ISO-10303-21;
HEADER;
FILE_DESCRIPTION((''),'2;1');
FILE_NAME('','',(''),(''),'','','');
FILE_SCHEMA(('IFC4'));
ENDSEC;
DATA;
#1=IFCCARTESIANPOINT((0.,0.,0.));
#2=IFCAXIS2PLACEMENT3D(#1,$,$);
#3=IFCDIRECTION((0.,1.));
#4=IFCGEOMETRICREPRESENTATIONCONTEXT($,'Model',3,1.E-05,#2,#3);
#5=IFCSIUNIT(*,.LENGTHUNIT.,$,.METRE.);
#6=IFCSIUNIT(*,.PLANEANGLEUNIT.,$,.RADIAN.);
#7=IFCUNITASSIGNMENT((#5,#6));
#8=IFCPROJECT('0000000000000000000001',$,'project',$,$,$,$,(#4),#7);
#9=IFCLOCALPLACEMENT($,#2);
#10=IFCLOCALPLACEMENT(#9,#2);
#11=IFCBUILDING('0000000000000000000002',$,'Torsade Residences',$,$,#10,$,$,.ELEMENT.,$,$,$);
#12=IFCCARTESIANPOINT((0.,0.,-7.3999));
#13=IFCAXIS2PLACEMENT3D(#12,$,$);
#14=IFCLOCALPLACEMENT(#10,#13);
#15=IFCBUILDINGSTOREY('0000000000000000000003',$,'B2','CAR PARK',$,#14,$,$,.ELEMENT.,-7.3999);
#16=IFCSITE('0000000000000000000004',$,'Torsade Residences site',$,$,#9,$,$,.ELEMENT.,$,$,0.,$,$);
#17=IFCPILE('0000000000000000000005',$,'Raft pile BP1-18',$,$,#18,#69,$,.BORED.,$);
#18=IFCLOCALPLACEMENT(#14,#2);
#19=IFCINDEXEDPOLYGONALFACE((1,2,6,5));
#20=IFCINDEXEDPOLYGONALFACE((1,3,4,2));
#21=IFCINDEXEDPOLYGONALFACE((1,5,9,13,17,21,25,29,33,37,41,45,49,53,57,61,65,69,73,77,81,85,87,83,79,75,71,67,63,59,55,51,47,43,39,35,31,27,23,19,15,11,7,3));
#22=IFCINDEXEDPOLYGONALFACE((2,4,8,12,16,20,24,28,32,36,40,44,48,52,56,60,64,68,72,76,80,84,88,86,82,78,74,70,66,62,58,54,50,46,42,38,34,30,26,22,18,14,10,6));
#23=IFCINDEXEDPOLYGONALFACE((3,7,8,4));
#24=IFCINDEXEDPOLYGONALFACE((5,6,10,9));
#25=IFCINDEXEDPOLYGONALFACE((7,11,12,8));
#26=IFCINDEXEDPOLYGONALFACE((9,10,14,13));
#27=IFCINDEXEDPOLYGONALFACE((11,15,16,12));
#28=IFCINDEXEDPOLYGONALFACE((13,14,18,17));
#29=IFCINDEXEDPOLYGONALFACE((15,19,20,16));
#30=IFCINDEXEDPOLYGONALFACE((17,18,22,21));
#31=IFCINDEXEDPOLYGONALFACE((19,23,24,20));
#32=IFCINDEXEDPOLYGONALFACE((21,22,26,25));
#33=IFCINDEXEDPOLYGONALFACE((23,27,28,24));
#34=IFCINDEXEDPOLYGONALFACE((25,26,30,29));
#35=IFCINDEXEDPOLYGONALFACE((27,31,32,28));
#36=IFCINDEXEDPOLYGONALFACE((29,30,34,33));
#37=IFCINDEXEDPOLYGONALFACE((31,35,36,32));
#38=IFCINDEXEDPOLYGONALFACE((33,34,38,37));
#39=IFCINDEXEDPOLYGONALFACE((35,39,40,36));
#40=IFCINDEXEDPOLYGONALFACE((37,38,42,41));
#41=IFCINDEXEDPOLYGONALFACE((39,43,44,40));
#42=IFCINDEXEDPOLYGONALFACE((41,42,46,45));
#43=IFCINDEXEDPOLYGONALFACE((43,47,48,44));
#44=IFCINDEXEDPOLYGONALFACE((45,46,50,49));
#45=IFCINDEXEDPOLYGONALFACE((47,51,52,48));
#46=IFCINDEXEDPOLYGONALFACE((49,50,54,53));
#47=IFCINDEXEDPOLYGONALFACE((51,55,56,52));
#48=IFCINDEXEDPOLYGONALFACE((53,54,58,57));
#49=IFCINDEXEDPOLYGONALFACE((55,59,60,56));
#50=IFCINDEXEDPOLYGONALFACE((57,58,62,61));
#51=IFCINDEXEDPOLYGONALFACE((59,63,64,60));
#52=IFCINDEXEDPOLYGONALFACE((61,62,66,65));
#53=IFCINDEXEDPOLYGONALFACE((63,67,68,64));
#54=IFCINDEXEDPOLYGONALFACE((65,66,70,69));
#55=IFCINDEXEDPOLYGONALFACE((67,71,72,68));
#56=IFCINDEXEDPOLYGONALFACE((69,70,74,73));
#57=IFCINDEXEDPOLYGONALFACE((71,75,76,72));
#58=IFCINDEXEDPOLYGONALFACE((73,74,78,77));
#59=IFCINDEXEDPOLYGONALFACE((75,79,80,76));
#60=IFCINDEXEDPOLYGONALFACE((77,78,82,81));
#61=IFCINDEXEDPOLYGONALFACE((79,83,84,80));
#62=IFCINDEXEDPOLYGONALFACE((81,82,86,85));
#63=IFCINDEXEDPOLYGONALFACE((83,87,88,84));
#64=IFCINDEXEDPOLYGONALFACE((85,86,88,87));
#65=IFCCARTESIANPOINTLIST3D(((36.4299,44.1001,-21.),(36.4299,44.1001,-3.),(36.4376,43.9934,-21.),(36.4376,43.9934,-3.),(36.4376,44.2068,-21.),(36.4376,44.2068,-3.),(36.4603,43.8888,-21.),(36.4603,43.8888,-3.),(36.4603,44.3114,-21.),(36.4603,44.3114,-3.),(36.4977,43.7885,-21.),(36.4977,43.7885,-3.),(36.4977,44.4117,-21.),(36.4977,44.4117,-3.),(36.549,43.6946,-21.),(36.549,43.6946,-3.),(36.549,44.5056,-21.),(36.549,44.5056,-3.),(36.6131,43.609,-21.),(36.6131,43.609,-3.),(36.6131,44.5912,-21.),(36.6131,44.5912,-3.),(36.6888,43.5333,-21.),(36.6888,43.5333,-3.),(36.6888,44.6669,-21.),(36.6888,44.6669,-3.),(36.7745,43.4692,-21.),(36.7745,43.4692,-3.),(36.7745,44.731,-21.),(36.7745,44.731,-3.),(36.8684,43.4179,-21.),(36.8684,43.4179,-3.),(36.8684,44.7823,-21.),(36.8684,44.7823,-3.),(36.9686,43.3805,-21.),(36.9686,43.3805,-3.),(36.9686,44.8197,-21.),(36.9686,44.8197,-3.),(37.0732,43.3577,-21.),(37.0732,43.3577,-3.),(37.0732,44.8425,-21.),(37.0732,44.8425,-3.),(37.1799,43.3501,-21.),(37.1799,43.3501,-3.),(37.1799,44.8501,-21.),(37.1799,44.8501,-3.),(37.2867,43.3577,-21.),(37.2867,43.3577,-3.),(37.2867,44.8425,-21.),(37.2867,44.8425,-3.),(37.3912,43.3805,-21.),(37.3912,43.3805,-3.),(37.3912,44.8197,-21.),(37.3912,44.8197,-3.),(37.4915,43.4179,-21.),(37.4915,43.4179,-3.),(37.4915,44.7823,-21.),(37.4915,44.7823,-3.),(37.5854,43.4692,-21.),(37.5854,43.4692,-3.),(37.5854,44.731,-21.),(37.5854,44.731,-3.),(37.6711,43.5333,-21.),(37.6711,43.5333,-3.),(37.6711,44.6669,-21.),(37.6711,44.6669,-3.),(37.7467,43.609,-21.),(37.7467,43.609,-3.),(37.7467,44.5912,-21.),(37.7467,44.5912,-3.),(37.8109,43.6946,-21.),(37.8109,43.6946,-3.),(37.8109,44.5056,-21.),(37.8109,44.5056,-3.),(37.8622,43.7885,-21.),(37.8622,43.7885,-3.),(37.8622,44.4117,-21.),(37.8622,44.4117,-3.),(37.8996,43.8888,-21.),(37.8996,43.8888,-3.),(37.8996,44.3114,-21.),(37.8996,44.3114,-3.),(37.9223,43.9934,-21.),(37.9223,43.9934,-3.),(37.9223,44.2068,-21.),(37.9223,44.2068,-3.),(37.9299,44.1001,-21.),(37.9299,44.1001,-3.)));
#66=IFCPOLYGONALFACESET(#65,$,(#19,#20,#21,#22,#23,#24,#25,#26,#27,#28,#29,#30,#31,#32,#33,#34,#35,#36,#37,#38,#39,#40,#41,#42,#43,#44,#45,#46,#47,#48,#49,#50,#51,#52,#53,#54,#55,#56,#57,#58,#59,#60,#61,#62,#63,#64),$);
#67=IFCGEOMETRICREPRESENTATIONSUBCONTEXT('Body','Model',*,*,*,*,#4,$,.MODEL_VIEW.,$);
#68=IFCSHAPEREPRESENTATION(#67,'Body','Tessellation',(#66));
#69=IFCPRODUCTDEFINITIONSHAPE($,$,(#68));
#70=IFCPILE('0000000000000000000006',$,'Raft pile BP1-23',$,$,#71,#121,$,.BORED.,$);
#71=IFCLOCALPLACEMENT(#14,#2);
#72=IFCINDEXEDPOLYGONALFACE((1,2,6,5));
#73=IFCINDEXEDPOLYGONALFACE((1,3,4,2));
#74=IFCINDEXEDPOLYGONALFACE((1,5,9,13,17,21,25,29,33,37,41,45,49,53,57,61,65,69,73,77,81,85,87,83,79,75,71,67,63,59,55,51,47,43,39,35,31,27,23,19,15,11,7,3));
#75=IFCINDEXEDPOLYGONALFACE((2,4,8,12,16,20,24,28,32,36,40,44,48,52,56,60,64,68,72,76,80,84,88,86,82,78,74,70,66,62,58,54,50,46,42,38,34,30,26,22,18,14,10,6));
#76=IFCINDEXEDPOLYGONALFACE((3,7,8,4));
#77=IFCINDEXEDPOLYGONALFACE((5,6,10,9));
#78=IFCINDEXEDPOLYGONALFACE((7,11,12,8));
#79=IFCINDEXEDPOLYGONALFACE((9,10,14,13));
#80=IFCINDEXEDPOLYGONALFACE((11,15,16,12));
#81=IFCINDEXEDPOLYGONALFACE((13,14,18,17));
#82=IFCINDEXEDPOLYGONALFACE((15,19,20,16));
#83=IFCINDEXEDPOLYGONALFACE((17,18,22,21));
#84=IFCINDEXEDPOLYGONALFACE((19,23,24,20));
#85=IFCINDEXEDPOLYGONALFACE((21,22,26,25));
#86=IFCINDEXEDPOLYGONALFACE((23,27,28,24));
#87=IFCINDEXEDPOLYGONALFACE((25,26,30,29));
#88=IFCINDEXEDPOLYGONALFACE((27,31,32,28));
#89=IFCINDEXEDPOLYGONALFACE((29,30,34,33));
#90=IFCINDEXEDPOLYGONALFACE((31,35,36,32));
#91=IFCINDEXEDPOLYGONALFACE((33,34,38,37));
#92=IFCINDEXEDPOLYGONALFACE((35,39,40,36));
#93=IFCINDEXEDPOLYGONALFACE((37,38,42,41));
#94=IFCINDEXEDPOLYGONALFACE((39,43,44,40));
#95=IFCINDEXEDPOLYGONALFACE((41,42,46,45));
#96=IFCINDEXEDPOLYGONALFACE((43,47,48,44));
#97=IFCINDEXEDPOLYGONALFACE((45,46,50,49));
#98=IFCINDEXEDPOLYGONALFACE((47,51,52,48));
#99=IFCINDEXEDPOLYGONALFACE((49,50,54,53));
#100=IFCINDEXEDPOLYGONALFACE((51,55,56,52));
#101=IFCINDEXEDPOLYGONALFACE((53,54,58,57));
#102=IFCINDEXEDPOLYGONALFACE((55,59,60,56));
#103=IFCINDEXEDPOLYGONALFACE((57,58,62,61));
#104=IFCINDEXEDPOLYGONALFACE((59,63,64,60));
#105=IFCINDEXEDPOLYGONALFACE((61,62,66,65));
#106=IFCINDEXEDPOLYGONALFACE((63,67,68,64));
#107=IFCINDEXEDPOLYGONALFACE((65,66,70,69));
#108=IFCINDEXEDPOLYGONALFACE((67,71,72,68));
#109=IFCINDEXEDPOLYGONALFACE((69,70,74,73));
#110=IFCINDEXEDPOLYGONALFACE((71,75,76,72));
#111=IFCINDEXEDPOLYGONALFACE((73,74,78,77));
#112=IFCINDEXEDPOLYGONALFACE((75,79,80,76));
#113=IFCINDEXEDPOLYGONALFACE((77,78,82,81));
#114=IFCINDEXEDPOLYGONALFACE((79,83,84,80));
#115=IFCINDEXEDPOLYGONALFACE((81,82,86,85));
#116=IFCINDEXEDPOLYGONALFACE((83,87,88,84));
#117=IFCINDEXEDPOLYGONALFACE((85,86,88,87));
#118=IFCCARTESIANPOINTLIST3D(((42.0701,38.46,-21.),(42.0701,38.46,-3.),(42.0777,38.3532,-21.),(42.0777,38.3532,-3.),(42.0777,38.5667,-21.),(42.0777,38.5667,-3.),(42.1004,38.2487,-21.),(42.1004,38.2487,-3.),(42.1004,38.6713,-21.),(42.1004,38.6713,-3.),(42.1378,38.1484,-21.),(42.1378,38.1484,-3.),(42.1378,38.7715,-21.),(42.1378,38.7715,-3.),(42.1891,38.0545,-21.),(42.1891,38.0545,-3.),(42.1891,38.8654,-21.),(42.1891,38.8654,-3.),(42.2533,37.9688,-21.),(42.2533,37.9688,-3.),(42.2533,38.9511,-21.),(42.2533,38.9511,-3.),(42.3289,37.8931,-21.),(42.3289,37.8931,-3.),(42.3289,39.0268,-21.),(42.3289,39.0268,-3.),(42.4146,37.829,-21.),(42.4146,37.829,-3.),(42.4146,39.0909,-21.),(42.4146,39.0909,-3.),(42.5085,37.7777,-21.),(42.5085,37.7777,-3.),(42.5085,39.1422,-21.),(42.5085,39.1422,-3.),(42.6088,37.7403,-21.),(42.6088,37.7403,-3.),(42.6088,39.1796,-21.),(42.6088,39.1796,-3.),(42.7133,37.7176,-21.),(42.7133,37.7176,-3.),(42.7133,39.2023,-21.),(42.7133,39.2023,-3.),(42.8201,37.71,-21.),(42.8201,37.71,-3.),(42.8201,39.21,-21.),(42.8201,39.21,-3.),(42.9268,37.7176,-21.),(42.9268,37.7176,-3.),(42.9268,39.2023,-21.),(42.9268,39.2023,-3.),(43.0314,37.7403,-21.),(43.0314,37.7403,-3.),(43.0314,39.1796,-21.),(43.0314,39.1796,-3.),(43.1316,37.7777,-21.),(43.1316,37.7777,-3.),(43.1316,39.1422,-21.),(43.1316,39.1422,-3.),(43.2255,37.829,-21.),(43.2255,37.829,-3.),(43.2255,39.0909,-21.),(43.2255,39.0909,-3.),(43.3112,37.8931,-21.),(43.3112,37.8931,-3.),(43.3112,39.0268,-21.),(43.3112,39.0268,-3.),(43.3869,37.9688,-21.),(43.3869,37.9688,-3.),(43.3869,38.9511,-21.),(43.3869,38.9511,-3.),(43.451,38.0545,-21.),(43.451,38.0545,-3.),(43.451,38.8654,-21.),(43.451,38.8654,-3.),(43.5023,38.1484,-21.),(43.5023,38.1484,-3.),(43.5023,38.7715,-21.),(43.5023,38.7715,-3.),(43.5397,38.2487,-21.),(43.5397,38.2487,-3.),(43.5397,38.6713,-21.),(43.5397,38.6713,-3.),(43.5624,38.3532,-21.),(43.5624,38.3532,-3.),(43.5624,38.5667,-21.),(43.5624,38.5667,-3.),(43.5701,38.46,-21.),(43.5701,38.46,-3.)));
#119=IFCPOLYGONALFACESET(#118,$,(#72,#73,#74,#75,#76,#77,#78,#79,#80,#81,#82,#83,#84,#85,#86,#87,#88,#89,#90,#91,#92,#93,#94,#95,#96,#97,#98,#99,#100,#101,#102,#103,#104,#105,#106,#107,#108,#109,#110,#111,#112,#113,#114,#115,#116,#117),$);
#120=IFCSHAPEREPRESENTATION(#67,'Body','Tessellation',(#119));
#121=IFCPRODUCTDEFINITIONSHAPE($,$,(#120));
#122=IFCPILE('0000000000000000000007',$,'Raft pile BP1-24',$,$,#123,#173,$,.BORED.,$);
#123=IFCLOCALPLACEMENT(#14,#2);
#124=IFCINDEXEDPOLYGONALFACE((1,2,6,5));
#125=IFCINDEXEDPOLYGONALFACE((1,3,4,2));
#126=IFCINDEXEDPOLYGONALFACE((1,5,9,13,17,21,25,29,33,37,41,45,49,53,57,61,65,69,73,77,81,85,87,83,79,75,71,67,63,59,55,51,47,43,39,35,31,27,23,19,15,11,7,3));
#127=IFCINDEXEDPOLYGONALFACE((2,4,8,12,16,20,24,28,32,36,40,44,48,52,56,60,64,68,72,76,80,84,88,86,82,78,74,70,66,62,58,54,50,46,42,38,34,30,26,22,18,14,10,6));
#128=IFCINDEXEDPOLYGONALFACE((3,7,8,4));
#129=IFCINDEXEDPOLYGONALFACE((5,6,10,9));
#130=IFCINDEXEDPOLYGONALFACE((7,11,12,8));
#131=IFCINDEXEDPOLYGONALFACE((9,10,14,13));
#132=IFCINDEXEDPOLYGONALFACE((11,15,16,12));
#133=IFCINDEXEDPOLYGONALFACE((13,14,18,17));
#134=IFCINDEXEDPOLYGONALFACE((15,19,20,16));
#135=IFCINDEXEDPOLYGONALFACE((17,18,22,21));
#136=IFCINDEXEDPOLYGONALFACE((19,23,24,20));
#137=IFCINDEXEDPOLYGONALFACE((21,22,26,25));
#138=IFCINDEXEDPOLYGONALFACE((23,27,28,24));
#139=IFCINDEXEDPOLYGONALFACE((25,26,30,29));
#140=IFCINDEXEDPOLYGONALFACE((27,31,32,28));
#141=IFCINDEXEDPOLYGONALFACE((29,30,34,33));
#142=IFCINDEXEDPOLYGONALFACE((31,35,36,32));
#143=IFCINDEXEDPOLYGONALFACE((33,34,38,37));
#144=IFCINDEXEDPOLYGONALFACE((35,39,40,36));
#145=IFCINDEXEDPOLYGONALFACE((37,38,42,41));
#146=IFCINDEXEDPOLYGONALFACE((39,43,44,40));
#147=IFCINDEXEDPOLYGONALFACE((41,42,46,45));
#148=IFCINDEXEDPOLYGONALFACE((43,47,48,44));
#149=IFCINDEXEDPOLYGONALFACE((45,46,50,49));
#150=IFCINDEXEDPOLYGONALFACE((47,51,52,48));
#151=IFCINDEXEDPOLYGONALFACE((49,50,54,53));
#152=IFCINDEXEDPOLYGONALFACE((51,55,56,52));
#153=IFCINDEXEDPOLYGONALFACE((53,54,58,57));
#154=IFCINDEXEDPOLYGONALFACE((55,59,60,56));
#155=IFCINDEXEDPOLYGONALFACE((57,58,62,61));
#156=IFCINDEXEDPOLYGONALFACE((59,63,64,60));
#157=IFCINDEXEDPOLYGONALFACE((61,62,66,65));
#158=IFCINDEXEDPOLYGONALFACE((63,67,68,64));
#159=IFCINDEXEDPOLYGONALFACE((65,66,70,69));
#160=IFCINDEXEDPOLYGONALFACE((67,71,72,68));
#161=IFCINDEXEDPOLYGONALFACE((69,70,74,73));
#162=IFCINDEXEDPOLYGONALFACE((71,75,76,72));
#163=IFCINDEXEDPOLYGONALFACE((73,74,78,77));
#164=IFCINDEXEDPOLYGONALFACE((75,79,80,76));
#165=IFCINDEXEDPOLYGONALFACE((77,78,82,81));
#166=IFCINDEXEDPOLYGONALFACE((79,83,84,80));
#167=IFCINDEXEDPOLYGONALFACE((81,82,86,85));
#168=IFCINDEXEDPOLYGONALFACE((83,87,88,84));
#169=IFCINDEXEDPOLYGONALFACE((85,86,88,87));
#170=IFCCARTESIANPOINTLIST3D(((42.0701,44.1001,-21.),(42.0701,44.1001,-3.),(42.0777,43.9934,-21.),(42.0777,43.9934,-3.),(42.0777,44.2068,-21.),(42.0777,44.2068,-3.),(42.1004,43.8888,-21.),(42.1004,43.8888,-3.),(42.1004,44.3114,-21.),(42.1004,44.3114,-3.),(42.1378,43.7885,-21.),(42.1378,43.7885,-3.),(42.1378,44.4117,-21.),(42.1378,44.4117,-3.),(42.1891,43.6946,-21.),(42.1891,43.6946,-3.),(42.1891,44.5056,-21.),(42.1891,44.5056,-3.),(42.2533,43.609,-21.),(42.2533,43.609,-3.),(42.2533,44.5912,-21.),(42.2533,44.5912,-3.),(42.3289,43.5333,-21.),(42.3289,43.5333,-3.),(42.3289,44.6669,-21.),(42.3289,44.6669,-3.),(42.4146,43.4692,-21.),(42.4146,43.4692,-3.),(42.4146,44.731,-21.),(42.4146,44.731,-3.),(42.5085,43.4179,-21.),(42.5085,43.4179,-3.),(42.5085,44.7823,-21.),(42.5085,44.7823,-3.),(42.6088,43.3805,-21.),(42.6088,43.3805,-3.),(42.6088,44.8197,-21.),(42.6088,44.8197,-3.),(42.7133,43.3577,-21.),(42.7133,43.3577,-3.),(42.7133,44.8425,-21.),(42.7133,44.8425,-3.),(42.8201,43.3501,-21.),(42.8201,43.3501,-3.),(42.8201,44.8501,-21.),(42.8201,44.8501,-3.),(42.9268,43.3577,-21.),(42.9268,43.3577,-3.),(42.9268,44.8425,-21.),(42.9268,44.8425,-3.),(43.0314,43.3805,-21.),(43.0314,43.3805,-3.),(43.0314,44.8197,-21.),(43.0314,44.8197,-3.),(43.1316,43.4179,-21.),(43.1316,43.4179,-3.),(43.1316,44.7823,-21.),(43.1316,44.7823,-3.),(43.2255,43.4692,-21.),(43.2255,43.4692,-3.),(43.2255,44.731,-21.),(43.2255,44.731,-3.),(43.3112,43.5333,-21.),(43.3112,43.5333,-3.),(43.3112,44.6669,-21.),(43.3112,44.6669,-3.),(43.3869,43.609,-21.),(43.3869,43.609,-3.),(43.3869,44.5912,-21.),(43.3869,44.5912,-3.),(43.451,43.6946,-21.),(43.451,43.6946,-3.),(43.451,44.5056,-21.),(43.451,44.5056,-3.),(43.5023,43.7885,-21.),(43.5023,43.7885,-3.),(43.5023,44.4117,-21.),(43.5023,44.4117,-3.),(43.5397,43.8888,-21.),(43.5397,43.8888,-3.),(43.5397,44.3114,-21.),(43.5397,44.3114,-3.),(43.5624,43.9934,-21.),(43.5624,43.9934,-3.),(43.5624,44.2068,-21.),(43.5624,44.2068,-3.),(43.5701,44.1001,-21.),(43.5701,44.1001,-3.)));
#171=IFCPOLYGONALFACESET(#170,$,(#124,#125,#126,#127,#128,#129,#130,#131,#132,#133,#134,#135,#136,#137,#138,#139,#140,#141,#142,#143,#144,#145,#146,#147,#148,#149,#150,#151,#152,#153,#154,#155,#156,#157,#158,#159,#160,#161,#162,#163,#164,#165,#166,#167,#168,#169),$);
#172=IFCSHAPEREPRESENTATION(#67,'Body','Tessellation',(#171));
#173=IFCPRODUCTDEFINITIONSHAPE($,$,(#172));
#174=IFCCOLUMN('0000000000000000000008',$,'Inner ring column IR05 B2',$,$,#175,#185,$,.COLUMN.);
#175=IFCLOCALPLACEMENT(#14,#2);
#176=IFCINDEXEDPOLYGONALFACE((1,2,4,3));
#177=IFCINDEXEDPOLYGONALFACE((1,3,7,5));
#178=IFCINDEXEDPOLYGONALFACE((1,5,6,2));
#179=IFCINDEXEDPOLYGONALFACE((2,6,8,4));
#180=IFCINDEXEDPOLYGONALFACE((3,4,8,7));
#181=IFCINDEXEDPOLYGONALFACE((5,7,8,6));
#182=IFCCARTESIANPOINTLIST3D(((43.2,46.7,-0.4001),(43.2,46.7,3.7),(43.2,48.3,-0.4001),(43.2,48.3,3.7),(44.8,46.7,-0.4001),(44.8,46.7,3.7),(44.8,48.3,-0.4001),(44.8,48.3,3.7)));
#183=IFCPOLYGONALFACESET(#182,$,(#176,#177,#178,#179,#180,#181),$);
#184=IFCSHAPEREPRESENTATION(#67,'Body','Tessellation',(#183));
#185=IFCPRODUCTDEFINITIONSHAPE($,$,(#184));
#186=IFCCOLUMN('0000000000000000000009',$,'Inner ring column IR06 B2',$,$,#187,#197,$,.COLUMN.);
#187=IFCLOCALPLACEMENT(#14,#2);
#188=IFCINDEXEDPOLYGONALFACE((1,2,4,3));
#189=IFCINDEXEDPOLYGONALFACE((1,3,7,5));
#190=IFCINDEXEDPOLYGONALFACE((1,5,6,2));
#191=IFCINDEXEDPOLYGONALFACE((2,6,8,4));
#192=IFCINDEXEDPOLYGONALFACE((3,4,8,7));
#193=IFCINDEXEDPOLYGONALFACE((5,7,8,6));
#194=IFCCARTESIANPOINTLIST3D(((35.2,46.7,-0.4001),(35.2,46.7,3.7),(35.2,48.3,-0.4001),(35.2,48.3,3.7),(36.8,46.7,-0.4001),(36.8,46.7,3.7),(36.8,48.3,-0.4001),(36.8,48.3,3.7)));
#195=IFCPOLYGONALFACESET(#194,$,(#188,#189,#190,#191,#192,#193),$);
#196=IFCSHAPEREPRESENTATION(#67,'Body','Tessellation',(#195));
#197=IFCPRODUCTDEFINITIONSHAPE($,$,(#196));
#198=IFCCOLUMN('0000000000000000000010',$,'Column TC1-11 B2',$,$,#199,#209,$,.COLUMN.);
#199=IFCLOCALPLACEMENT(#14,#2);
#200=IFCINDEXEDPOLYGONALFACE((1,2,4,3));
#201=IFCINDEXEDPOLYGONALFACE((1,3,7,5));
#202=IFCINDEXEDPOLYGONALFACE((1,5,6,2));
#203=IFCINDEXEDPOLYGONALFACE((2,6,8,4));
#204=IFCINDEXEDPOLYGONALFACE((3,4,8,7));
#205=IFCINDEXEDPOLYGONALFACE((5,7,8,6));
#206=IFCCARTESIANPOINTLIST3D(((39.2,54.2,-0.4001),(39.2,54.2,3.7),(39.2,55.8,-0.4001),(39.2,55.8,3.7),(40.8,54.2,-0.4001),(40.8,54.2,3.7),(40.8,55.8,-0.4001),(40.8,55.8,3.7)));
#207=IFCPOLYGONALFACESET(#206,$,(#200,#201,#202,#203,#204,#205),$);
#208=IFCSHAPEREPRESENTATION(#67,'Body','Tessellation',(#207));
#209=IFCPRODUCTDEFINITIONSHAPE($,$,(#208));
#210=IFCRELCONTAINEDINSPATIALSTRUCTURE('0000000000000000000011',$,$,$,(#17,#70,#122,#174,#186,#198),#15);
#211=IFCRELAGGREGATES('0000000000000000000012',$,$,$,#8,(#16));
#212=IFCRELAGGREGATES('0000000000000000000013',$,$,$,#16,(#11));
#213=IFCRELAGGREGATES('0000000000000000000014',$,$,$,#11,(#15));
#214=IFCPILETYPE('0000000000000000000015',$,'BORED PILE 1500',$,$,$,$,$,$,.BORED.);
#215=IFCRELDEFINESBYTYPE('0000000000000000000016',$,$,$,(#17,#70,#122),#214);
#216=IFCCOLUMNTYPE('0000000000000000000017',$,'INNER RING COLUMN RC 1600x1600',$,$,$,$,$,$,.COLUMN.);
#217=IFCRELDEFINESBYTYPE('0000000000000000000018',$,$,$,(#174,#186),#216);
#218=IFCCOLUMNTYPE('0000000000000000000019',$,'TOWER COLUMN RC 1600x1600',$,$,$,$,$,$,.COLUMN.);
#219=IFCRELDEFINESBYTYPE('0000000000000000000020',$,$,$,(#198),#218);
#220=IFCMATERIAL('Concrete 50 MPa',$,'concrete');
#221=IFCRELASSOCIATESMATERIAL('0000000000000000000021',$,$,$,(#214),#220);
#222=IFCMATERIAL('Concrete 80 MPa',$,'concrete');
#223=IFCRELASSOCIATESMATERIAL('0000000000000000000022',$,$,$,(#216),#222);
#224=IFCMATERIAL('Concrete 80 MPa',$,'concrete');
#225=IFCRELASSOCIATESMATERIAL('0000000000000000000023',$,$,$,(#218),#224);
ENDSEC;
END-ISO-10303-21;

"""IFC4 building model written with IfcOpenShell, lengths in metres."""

from ifc_helpers import new_model, si_unit, direction, frame, origin, origin_2d, place, context, subcontext, project, spatial, rectangle, circle, extrude, material, material_profile, profile_set, type_object, element, save


model = new_model("IFC4")

# Units and contexts
model_context = context("Model", 3, precision=1e-05, world=origin(), true_north=direction((0.0, 1.0)))
body_context = subcontext(model_context, "Body", "Model", "MODEL_VIEW")
ifc_project = project(units=[si_unit("LENGTHUNIT", "METRE"), si_unit("PLANEANGLEUNIT", "RADIAN")], contexts=[model_context])

# Site, building, storey
site_placement = place(None, origin())
site = spatial("IfcSite", under=ifc_project, at=site_placement, Name="Torsade Residences site", CompositionType="ELEMENT", RefElevation=0.0)
building_placement = place(site_placement, origin())
building = spatial("IfcBuilding", under=site, at=building_placement, Name="Torsade Residences", CompositionType="ELEMENT")
storey_placement = place(building_placement, frame((0.0, 0.0, -7.3999)))
storey = spatial("IfcBuildingStorey", under=building, at=storey_placement, Name="B2", Description="CAR PARK", CompositionType="ELEMENT", Elevation=-7.3999)

# Piles
ifc_material_1 = material(Name="Concrete 50 MPa", Category="concrete")
pile_type_1 = type_object("IfcPileType", Name="BORED PILE 1500", PredefinedType="BORED", material=ifc_material_1)
for number, where, z_axis, x_axis, name in (
    (1, (37.1799, 44.1001, -3.0), (0.0, 0.0, -1.0), (1.0, 0.0, 0.0), "Raft pile BP1-18"),
    (2, (42.8201, 38.46, -3.0), (0.0, 0.0, -1.0), (1.0, 0.0, 0.0), "Raft pile BP1-23"),
    (3, (42.8201, 44.1001, -3.0), (0.0, 0.0, -1.0), (1.0, 0.0, 0.0), "Raft pile BP1-24"),
):
    element("IfcPile", number, at=place(storey_placement, frame(where, z_axis=z_axis, x_axis=x_axis)), inside=storey, type_object=pile_type_1, Name=name, PredefinedType="BORED", context=body_context, shape_type="SweptSolid", body=[
        extrude(circle(Radius=0.75, at=origin_2d()), origin(), (0.0, 0.0, 1.0), 18.0),
    ])

# Columns
ifc_material_2 = material(Name="Concrete 80 MPa", Category="concrete")
ifc_material_profile_1 = material_profile(ifc_material_2, rectangle(XDim=1.6001, YDim=1.6001, at=origin_2d()), Name="RC 1600x1600")
ifc_profile_set_1 = profile_set([ifc_material_profile_1], Name="Concrete 80 MPa")
column_type_1 = type_object("IfcColumnType", Name="INNER RING COLUMN RC 1600x1600", PredefinedType="COLUMN", material=ifc_profile_set_1)
for number, where, z_axis, x_axis, name in (
    (4, (44.0, 47.5, -0.4001), (0.0, 0.0, 1.0), (1.0, 0.0, 0.0), "Inner ring column IR05 B2"),
    (5, (36.0, 47.5, -0.4001), (0.0, 0.0, 1.0), (1.0, 0.0, 0.0), "Inner ring column IR06 B2"),
):
    element("IfcColumn", number, at=place(storey_placement, frame(where, z_axis=z_axis, x_axis=x_axis)), inside=storey, type_object=column_type_1, Name=name, PredefinedType="COLUMN", context=body_context, shape_type="SweptSolid", body=[
        extrude(rectangle(XDim=1.6001, YDim=1.6001, at=origin_2d()), origin(), (0.0, 0.0, 1.0), 4.1001),
    ])
ifc_material_3 = material(Name="Concrete 80 MPa", Category="concrete")
ifc_material_profile_2 = material_profile(ifc_material_3, rectangle(XDim=1.6001, YDim=1.6001, at=origin_2d()), Name="RC 1600x1600")
ifc_profile_set_2 = profile_set([ifc_material_profile_2], Name="Concrete 80 MPa")
column_type_2 = type_object("IfcColumnType", Name="TOWER COLUMN RC 1600x1600", PredefinedType="COLUMN", material=ifc_profile_set_2)
column_placement = place(storey_placement, frame((40.0, 55.0, -0.4001), z_axis=(0.0, 0.0, 1.0), x_axis=(1.0, 0.0, 0.0)))
element("IfcColumn", 6, at=column_placement, inside=storey, type_object=column_type_2, Name="Column TC1-11 B2", PredefinedType="COLUMN", context=body_context, shape_type="SweptSolid", body=[
    extrude(rectangle(XDim=1.6001, YDim=1.6001, at=origin_2d()), origin(), (0.0, 0.0, 1.0), 4.1001),
])

save(model, "model.ifc")
